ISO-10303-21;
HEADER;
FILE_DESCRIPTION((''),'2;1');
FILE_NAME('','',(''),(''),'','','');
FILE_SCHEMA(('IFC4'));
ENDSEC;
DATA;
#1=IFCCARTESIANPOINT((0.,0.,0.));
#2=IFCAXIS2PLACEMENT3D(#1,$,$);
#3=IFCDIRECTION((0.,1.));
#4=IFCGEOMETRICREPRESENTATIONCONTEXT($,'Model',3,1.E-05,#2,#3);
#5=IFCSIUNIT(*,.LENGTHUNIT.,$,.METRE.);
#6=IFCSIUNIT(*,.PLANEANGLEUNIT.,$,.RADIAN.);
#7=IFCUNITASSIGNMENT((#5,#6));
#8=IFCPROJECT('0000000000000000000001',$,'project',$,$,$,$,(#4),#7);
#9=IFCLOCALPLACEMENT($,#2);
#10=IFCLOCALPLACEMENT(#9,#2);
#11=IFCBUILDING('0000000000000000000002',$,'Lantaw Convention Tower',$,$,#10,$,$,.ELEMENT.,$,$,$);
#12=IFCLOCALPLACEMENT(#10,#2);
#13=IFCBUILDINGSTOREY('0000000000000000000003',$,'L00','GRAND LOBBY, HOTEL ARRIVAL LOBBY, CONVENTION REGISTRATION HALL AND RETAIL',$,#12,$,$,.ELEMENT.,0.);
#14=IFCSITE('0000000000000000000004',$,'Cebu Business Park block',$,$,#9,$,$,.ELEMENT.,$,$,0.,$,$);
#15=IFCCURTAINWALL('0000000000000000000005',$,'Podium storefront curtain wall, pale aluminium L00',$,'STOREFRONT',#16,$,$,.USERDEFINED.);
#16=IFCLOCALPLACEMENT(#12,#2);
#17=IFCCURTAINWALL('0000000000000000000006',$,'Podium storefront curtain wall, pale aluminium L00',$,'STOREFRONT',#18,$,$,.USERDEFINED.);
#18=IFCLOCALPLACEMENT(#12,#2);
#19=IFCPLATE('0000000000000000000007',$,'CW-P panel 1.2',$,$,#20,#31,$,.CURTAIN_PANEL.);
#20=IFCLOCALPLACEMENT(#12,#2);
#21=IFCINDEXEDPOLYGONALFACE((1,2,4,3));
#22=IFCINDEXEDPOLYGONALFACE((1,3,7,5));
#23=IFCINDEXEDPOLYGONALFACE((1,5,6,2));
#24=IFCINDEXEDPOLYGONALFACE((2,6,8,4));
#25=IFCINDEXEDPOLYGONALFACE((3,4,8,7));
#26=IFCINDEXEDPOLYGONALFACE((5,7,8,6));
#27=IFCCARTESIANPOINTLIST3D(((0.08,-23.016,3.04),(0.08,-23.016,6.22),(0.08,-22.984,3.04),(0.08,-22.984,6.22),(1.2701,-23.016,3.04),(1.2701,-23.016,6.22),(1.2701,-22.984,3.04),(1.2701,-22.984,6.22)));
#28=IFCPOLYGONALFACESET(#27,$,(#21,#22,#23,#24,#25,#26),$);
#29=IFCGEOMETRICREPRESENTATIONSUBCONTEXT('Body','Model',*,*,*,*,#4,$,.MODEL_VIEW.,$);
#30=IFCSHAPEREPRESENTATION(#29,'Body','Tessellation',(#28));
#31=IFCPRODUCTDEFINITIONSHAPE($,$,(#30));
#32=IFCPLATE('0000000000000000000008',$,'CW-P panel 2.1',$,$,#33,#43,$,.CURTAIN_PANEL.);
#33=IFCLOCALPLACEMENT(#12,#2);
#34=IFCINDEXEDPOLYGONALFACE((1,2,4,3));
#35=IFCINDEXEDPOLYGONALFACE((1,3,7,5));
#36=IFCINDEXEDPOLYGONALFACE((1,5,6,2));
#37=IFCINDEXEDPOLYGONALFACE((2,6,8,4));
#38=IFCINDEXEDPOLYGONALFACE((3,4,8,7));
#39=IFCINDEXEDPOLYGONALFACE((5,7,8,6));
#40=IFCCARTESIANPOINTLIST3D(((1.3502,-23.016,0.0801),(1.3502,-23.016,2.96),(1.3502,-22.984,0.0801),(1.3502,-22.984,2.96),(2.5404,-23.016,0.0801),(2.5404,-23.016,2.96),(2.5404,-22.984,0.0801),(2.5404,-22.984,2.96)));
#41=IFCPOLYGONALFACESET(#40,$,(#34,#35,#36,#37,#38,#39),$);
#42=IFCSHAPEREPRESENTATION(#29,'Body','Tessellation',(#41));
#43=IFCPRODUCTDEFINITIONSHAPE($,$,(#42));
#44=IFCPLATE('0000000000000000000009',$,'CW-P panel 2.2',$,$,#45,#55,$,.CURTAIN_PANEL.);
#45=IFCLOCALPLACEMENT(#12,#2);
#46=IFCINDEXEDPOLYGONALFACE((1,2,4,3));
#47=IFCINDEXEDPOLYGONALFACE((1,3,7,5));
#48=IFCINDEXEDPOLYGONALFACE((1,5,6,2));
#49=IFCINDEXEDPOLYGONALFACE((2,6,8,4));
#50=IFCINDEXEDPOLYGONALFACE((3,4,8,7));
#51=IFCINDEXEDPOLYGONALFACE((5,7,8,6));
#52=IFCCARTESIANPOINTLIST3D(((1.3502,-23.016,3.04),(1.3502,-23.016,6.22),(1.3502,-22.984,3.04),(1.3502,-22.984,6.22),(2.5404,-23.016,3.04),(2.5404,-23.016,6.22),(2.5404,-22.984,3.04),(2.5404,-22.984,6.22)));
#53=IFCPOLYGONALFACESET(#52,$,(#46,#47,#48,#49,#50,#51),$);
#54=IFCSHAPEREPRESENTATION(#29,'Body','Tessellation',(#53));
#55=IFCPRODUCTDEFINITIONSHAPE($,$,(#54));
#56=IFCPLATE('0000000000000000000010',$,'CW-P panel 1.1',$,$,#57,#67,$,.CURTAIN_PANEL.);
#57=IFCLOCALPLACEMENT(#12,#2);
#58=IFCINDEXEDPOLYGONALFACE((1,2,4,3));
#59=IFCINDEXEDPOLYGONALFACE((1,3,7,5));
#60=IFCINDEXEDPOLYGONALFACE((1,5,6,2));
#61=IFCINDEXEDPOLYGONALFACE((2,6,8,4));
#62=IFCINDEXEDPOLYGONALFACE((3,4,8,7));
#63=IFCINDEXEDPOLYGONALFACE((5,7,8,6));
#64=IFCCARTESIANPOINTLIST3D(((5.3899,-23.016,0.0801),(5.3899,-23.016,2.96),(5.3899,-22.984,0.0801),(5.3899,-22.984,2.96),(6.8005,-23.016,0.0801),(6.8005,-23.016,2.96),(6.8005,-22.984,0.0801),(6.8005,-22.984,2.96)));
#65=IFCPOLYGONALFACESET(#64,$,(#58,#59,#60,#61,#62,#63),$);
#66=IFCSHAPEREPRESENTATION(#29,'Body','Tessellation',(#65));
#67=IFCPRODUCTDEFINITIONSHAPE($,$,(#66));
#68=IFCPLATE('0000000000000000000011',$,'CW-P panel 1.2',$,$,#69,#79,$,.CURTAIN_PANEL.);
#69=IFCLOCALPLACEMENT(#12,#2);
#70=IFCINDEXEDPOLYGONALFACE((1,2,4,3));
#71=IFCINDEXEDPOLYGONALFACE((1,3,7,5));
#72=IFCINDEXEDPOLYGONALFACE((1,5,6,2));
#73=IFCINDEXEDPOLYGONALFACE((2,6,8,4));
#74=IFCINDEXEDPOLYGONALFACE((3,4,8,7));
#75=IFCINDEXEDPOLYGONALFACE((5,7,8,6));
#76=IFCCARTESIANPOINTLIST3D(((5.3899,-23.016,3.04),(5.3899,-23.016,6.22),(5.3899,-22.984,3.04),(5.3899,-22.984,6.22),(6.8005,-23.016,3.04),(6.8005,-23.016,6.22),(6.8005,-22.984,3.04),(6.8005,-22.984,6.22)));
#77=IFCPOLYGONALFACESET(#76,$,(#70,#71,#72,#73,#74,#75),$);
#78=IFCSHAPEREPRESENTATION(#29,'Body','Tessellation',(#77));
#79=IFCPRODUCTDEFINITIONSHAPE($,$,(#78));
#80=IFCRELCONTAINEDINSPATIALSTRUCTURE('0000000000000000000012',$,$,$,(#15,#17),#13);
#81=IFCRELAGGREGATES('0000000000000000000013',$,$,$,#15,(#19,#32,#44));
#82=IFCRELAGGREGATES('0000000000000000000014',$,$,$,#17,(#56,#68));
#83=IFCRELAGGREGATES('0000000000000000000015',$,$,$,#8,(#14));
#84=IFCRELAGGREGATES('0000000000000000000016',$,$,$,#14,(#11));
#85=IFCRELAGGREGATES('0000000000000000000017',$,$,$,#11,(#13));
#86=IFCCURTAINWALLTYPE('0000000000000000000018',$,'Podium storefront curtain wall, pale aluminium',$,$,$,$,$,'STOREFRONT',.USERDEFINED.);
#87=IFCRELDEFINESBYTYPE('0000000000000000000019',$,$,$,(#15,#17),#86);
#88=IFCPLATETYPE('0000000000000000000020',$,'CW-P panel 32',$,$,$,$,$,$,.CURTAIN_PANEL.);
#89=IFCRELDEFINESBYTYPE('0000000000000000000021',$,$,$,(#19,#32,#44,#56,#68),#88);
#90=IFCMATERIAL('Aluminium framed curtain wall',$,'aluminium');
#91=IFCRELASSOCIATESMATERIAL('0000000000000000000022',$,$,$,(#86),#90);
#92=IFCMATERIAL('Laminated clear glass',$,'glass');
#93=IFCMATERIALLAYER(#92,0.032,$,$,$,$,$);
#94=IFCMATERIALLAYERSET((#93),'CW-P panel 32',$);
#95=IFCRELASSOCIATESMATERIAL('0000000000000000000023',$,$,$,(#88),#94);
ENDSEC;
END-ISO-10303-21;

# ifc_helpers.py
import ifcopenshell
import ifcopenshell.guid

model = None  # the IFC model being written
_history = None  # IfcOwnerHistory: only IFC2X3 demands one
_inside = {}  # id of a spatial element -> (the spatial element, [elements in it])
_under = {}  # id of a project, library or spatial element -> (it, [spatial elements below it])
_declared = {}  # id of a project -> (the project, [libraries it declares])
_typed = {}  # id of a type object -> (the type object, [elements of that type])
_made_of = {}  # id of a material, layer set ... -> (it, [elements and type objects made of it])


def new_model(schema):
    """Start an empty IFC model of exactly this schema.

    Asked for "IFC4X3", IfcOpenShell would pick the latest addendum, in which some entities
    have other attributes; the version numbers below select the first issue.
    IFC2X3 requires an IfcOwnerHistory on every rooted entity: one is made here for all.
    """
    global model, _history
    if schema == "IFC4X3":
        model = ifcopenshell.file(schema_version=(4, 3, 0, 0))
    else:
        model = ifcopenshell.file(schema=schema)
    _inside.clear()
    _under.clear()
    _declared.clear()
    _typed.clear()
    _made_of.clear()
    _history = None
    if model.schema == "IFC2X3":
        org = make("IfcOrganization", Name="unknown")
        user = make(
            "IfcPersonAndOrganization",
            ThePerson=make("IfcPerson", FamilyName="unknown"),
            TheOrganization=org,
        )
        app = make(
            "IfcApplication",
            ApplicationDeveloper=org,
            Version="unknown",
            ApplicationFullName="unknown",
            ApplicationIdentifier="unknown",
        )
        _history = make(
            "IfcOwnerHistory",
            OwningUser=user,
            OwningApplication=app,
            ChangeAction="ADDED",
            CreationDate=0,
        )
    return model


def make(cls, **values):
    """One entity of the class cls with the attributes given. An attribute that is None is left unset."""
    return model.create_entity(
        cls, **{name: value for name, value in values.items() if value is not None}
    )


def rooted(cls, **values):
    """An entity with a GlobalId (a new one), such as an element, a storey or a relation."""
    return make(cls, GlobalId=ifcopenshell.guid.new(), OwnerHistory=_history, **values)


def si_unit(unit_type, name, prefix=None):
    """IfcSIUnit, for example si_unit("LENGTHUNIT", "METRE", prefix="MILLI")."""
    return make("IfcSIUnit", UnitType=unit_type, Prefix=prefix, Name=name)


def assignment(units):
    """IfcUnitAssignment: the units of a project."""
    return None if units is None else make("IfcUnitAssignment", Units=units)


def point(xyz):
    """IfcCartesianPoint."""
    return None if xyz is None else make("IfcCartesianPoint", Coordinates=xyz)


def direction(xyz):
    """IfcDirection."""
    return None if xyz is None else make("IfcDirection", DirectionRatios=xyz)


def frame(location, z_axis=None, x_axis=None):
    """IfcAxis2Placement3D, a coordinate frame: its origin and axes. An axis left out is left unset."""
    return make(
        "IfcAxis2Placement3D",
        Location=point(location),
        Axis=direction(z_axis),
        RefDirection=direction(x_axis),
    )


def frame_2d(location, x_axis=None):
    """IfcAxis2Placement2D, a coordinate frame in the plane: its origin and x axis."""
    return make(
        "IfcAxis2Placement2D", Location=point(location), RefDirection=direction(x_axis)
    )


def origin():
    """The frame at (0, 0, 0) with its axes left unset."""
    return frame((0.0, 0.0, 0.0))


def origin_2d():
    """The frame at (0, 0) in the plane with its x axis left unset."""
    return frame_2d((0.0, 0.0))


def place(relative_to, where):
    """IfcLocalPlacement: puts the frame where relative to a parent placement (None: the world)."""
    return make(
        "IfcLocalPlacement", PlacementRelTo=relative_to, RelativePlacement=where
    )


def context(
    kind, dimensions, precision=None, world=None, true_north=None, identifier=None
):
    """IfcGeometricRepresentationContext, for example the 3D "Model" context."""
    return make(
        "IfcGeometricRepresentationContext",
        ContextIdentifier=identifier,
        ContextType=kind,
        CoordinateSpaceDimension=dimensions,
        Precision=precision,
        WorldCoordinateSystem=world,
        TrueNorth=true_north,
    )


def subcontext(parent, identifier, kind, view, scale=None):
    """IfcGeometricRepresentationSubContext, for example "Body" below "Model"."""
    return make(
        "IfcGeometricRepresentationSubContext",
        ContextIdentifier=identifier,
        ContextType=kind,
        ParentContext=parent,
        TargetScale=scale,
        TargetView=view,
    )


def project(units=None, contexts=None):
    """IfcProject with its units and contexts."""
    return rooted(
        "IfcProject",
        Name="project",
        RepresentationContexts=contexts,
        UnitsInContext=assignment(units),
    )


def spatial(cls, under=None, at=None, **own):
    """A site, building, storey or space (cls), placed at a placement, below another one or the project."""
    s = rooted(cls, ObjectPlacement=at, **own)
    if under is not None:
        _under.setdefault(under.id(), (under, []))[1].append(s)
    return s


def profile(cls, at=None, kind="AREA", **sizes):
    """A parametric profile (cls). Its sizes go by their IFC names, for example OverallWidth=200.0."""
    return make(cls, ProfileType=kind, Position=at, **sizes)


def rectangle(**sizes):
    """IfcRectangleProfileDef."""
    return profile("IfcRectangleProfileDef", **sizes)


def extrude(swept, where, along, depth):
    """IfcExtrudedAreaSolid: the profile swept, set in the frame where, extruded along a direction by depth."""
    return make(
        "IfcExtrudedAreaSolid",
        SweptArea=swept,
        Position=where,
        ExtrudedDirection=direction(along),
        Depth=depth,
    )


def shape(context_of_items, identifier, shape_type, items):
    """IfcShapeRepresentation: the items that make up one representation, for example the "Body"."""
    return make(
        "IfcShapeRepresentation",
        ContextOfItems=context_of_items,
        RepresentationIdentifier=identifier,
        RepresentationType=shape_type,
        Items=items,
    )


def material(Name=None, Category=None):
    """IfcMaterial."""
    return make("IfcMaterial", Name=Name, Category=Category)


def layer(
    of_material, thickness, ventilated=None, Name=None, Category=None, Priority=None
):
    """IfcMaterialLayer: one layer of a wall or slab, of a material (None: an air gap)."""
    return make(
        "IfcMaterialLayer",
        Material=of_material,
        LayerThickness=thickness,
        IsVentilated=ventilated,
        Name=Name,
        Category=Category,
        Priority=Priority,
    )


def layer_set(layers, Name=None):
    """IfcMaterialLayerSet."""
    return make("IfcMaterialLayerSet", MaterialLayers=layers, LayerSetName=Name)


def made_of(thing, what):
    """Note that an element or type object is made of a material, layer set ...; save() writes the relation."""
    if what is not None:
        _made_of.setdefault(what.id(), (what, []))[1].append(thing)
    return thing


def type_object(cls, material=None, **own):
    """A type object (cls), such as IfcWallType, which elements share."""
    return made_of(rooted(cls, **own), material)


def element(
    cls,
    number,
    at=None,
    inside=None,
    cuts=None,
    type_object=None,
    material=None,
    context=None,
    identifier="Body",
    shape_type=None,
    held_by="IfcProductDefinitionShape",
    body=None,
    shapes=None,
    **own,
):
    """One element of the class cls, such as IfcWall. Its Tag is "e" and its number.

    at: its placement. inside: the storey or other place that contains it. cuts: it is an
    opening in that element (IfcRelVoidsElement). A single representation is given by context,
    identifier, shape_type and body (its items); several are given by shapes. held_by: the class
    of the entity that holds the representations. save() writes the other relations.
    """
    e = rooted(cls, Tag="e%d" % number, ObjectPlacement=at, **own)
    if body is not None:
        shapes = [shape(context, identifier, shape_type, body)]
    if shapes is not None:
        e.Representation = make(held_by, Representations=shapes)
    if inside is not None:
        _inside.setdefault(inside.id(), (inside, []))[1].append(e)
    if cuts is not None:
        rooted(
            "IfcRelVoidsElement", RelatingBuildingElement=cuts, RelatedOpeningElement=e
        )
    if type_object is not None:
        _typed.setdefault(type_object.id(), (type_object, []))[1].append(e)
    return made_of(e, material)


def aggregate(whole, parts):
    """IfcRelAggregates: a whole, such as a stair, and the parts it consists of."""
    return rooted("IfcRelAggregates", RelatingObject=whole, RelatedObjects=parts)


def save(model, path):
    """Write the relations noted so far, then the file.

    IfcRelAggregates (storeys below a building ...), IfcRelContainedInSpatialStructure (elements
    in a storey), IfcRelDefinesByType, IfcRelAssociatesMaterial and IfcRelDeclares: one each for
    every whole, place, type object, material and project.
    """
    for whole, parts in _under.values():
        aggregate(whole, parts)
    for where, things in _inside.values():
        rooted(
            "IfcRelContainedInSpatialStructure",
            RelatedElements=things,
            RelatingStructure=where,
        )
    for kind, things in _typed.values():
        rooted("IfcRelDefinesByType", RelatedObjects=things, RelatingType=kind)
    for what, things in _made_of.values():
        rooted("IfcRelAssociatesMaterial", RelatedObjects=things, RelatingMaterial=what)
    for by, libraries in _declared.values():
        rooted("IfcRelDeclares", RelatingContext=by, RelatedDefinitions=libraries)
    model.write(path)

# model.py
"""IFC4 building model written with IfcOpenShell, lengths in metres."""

from ifc_helpers import new_model, si_unit, direction, frame, origin, origin_2d, place, context, subcontext, project, spatial, rectangle, extrude, material, layer, layer_set, type_object, element, aggregate, save


model = new_model("IFC4")

# Units and contexts
model_context = context("Model", 3, precision=1e-05, world=origin(), true_north=direction((0.0, 1.0)))
body_context = subcontext(model_context, "Body", "Model", "MODEL_VIEW")
ifc_project = project(units=[si_unit("LENGTHUNIT", "METRE"), si_unit("PLANEANGLEUNIT", "RADIAN")], contexts=[model_context])

# Site, building, storey
site_placement = place(None, origin())
site = spatial("IfcSite", under=ifc_project, at=site_placement, Name="Cebu Business Park block", CompositionType="ELEMENT", RefElevation=0.0)
building_placement = place(site_placement, origin())
building = spatial("IfcBuilding", under=site, at=building_placement, Name="Lantaw Convention Tower", CompositionType="ELEMENT")
storey_placement = place(building_placement, origin())
storey = spatial("IfcBuildingStorey", under=building, at=storey_placement, Name="L00", Description="GRAND LOBBY, HOTEL ARRIVAL LOBBY, CONVENTION REGISTRATION HALL AND RETAIL", CompositionType="ELEMENT", Elevation=0.0)

# Curtain walls
ifc_material_1 = material(Name="Aluminium framed curtain wall", Category="aluminium")
curtain_wall_type = type_object("IfcCurtainWallType", Name="Podium storefront curtain wall, pale aluminium", ElementType="STOREFRONT", PredefinedType="USERDEFINED", material=ifc_material_1)
curtain_wall_1_placement = place(storey_placement, origin())
curtain_wall_1 = element("IfcCurtainWall", 1, at=curtain_wall_1_placement, inside=storey, type_object=curtain_wall_type, Name="Podium storefront curtain wall, pale aluminium L00", ObjectType="STOREFRONT", PredefinedType="USERDEFINED")
curtain_wall_2_placement = place(storey_placement, origin())
curtain_wall_2 = element("IfcCurtainWall", 2, at=curtain_wall_2_placement, inside=storey, type_object=curtain_wall_type, Name="Podium storefront curtain wall, pale aluminium L00", ObjectType="STOREFRONT", PredefinedType="USERDEFINED")

# Plates
ifc_material_2 = material(Name="Laminated clear glass", Category="glass")
ifc_layer_1 = layer(ifc_material_2, 0.032)
ifc_layer_set_1 = layer_set([ifc_layer_1], Name="CW-P panel 32")
plate_type = type_object("IfcPlateType", Name="CW-P panel 32", PredefinedType="CURTAIN_PANEL", material=ifc_layer_set_1)
plate_1_placement = place(storey_placement, frame((0.675, -23.0, 3.04), z_axis=(0.0, 0.0, 1.0), x_axis=(1.0, 0.0, 0.0)))
plate_1 = element("IfcPlate", 3, at=plate_1_placement, type_object=plate_type, Name="CW-P panel 1.2", PredefinedType="CURTAIN_PANEL", context=body_context, shape_type="SweptSolid", body=[
    extrude(rectangle(XDim=1.1902, YDim=0.032, at=origin_2d()), origin(), (0.0, 0.0, 1.0), 3.1799),
])
plate_2_placement = place(storey_placement, frame((1.9453, -23.0, 0.0801), z_axis=(0.0, 0.0, 1.0), x_axis=(1.0, 0.0, 0.0)))
plate_2 = element("IfcPlate", 4, at=plate_2_placement, type_object=plate_type, Name="CW-P panel 2.1", PredefinedType="CURTAIN_PANEL", context=body_context, shape_type="SweptSolid", body=[
    extrude(rectangle(XDim=1.1902, YDim=0.032, at=origin_2d()), origin(), (0.0, 0.0, 1.0), 2.8799),
])
plate_3_placement = place(storey_placement, frame((1.9453, -23.0, 3.04), z_axis=(0.0, 0.0, 1.0), x_axis=(1.0, 0.0, 0.0)))
plate_3 = element("IfcPlate", 5, at=plate_3_placement, type_object=plate_type, Name="CW-P panel 2.2", PredefinedType="CURTAIN_PANEL", context=body_context, shape_type="SweptSolid", body=[
    extrude(rectangle(XDim=1.1902, YDim=0.032, at=origin_2d()), origin(), (0.0, 0.0, 1.0), 3.1799),
])
aggregate(curtain_wall_1, [plate_1, plate_2, plate_3])
plate_4_placement = place(storey_placement, frame((6.0952, -23.0, 0.0801), z_axis=(0.0, 0.0, 1.0), x_axis=(1.0, 0.0, 0.0)))
plate_4 = element("IfcPlate", 6, at=plate_4_placement, type_object=plate_type, Name="CW-P panel 1.1", PredefinedType="CURTAIN_PANEL", context=body_context, shape_type="SweptSolid", body=[
    extrude(rectangle(XDim=1.4106, YDim=0.032, at=origin_2d()), origin(), (0.0, 0.0, 1.0), 2.8799),
])
plate_5_placement = place(storey_placement, frame((6.0952, -23.0, 3.04), z_axis=(0.0, 0.0, 1.0), x_axis=(1.0, 0.0, 0.0)))
plate_5 = element("IfcPlate", 7, at=plate_5_placement, type_object=plate_type, Name="CW-P panel 1.2", PredefinedType="CURTAIN_PANEL", context=body_context, shape_type="SweptSolid", body=[
    extrude(rectangle(XDim=1.4106, YDim=0.032, at=origin_2d()), origin(), (0.0, 0.0, 1.0), 3.1799),
])
aggregate(curtain_wall_2, [plate_4, plate_5])

save(model, "model.ifc")
